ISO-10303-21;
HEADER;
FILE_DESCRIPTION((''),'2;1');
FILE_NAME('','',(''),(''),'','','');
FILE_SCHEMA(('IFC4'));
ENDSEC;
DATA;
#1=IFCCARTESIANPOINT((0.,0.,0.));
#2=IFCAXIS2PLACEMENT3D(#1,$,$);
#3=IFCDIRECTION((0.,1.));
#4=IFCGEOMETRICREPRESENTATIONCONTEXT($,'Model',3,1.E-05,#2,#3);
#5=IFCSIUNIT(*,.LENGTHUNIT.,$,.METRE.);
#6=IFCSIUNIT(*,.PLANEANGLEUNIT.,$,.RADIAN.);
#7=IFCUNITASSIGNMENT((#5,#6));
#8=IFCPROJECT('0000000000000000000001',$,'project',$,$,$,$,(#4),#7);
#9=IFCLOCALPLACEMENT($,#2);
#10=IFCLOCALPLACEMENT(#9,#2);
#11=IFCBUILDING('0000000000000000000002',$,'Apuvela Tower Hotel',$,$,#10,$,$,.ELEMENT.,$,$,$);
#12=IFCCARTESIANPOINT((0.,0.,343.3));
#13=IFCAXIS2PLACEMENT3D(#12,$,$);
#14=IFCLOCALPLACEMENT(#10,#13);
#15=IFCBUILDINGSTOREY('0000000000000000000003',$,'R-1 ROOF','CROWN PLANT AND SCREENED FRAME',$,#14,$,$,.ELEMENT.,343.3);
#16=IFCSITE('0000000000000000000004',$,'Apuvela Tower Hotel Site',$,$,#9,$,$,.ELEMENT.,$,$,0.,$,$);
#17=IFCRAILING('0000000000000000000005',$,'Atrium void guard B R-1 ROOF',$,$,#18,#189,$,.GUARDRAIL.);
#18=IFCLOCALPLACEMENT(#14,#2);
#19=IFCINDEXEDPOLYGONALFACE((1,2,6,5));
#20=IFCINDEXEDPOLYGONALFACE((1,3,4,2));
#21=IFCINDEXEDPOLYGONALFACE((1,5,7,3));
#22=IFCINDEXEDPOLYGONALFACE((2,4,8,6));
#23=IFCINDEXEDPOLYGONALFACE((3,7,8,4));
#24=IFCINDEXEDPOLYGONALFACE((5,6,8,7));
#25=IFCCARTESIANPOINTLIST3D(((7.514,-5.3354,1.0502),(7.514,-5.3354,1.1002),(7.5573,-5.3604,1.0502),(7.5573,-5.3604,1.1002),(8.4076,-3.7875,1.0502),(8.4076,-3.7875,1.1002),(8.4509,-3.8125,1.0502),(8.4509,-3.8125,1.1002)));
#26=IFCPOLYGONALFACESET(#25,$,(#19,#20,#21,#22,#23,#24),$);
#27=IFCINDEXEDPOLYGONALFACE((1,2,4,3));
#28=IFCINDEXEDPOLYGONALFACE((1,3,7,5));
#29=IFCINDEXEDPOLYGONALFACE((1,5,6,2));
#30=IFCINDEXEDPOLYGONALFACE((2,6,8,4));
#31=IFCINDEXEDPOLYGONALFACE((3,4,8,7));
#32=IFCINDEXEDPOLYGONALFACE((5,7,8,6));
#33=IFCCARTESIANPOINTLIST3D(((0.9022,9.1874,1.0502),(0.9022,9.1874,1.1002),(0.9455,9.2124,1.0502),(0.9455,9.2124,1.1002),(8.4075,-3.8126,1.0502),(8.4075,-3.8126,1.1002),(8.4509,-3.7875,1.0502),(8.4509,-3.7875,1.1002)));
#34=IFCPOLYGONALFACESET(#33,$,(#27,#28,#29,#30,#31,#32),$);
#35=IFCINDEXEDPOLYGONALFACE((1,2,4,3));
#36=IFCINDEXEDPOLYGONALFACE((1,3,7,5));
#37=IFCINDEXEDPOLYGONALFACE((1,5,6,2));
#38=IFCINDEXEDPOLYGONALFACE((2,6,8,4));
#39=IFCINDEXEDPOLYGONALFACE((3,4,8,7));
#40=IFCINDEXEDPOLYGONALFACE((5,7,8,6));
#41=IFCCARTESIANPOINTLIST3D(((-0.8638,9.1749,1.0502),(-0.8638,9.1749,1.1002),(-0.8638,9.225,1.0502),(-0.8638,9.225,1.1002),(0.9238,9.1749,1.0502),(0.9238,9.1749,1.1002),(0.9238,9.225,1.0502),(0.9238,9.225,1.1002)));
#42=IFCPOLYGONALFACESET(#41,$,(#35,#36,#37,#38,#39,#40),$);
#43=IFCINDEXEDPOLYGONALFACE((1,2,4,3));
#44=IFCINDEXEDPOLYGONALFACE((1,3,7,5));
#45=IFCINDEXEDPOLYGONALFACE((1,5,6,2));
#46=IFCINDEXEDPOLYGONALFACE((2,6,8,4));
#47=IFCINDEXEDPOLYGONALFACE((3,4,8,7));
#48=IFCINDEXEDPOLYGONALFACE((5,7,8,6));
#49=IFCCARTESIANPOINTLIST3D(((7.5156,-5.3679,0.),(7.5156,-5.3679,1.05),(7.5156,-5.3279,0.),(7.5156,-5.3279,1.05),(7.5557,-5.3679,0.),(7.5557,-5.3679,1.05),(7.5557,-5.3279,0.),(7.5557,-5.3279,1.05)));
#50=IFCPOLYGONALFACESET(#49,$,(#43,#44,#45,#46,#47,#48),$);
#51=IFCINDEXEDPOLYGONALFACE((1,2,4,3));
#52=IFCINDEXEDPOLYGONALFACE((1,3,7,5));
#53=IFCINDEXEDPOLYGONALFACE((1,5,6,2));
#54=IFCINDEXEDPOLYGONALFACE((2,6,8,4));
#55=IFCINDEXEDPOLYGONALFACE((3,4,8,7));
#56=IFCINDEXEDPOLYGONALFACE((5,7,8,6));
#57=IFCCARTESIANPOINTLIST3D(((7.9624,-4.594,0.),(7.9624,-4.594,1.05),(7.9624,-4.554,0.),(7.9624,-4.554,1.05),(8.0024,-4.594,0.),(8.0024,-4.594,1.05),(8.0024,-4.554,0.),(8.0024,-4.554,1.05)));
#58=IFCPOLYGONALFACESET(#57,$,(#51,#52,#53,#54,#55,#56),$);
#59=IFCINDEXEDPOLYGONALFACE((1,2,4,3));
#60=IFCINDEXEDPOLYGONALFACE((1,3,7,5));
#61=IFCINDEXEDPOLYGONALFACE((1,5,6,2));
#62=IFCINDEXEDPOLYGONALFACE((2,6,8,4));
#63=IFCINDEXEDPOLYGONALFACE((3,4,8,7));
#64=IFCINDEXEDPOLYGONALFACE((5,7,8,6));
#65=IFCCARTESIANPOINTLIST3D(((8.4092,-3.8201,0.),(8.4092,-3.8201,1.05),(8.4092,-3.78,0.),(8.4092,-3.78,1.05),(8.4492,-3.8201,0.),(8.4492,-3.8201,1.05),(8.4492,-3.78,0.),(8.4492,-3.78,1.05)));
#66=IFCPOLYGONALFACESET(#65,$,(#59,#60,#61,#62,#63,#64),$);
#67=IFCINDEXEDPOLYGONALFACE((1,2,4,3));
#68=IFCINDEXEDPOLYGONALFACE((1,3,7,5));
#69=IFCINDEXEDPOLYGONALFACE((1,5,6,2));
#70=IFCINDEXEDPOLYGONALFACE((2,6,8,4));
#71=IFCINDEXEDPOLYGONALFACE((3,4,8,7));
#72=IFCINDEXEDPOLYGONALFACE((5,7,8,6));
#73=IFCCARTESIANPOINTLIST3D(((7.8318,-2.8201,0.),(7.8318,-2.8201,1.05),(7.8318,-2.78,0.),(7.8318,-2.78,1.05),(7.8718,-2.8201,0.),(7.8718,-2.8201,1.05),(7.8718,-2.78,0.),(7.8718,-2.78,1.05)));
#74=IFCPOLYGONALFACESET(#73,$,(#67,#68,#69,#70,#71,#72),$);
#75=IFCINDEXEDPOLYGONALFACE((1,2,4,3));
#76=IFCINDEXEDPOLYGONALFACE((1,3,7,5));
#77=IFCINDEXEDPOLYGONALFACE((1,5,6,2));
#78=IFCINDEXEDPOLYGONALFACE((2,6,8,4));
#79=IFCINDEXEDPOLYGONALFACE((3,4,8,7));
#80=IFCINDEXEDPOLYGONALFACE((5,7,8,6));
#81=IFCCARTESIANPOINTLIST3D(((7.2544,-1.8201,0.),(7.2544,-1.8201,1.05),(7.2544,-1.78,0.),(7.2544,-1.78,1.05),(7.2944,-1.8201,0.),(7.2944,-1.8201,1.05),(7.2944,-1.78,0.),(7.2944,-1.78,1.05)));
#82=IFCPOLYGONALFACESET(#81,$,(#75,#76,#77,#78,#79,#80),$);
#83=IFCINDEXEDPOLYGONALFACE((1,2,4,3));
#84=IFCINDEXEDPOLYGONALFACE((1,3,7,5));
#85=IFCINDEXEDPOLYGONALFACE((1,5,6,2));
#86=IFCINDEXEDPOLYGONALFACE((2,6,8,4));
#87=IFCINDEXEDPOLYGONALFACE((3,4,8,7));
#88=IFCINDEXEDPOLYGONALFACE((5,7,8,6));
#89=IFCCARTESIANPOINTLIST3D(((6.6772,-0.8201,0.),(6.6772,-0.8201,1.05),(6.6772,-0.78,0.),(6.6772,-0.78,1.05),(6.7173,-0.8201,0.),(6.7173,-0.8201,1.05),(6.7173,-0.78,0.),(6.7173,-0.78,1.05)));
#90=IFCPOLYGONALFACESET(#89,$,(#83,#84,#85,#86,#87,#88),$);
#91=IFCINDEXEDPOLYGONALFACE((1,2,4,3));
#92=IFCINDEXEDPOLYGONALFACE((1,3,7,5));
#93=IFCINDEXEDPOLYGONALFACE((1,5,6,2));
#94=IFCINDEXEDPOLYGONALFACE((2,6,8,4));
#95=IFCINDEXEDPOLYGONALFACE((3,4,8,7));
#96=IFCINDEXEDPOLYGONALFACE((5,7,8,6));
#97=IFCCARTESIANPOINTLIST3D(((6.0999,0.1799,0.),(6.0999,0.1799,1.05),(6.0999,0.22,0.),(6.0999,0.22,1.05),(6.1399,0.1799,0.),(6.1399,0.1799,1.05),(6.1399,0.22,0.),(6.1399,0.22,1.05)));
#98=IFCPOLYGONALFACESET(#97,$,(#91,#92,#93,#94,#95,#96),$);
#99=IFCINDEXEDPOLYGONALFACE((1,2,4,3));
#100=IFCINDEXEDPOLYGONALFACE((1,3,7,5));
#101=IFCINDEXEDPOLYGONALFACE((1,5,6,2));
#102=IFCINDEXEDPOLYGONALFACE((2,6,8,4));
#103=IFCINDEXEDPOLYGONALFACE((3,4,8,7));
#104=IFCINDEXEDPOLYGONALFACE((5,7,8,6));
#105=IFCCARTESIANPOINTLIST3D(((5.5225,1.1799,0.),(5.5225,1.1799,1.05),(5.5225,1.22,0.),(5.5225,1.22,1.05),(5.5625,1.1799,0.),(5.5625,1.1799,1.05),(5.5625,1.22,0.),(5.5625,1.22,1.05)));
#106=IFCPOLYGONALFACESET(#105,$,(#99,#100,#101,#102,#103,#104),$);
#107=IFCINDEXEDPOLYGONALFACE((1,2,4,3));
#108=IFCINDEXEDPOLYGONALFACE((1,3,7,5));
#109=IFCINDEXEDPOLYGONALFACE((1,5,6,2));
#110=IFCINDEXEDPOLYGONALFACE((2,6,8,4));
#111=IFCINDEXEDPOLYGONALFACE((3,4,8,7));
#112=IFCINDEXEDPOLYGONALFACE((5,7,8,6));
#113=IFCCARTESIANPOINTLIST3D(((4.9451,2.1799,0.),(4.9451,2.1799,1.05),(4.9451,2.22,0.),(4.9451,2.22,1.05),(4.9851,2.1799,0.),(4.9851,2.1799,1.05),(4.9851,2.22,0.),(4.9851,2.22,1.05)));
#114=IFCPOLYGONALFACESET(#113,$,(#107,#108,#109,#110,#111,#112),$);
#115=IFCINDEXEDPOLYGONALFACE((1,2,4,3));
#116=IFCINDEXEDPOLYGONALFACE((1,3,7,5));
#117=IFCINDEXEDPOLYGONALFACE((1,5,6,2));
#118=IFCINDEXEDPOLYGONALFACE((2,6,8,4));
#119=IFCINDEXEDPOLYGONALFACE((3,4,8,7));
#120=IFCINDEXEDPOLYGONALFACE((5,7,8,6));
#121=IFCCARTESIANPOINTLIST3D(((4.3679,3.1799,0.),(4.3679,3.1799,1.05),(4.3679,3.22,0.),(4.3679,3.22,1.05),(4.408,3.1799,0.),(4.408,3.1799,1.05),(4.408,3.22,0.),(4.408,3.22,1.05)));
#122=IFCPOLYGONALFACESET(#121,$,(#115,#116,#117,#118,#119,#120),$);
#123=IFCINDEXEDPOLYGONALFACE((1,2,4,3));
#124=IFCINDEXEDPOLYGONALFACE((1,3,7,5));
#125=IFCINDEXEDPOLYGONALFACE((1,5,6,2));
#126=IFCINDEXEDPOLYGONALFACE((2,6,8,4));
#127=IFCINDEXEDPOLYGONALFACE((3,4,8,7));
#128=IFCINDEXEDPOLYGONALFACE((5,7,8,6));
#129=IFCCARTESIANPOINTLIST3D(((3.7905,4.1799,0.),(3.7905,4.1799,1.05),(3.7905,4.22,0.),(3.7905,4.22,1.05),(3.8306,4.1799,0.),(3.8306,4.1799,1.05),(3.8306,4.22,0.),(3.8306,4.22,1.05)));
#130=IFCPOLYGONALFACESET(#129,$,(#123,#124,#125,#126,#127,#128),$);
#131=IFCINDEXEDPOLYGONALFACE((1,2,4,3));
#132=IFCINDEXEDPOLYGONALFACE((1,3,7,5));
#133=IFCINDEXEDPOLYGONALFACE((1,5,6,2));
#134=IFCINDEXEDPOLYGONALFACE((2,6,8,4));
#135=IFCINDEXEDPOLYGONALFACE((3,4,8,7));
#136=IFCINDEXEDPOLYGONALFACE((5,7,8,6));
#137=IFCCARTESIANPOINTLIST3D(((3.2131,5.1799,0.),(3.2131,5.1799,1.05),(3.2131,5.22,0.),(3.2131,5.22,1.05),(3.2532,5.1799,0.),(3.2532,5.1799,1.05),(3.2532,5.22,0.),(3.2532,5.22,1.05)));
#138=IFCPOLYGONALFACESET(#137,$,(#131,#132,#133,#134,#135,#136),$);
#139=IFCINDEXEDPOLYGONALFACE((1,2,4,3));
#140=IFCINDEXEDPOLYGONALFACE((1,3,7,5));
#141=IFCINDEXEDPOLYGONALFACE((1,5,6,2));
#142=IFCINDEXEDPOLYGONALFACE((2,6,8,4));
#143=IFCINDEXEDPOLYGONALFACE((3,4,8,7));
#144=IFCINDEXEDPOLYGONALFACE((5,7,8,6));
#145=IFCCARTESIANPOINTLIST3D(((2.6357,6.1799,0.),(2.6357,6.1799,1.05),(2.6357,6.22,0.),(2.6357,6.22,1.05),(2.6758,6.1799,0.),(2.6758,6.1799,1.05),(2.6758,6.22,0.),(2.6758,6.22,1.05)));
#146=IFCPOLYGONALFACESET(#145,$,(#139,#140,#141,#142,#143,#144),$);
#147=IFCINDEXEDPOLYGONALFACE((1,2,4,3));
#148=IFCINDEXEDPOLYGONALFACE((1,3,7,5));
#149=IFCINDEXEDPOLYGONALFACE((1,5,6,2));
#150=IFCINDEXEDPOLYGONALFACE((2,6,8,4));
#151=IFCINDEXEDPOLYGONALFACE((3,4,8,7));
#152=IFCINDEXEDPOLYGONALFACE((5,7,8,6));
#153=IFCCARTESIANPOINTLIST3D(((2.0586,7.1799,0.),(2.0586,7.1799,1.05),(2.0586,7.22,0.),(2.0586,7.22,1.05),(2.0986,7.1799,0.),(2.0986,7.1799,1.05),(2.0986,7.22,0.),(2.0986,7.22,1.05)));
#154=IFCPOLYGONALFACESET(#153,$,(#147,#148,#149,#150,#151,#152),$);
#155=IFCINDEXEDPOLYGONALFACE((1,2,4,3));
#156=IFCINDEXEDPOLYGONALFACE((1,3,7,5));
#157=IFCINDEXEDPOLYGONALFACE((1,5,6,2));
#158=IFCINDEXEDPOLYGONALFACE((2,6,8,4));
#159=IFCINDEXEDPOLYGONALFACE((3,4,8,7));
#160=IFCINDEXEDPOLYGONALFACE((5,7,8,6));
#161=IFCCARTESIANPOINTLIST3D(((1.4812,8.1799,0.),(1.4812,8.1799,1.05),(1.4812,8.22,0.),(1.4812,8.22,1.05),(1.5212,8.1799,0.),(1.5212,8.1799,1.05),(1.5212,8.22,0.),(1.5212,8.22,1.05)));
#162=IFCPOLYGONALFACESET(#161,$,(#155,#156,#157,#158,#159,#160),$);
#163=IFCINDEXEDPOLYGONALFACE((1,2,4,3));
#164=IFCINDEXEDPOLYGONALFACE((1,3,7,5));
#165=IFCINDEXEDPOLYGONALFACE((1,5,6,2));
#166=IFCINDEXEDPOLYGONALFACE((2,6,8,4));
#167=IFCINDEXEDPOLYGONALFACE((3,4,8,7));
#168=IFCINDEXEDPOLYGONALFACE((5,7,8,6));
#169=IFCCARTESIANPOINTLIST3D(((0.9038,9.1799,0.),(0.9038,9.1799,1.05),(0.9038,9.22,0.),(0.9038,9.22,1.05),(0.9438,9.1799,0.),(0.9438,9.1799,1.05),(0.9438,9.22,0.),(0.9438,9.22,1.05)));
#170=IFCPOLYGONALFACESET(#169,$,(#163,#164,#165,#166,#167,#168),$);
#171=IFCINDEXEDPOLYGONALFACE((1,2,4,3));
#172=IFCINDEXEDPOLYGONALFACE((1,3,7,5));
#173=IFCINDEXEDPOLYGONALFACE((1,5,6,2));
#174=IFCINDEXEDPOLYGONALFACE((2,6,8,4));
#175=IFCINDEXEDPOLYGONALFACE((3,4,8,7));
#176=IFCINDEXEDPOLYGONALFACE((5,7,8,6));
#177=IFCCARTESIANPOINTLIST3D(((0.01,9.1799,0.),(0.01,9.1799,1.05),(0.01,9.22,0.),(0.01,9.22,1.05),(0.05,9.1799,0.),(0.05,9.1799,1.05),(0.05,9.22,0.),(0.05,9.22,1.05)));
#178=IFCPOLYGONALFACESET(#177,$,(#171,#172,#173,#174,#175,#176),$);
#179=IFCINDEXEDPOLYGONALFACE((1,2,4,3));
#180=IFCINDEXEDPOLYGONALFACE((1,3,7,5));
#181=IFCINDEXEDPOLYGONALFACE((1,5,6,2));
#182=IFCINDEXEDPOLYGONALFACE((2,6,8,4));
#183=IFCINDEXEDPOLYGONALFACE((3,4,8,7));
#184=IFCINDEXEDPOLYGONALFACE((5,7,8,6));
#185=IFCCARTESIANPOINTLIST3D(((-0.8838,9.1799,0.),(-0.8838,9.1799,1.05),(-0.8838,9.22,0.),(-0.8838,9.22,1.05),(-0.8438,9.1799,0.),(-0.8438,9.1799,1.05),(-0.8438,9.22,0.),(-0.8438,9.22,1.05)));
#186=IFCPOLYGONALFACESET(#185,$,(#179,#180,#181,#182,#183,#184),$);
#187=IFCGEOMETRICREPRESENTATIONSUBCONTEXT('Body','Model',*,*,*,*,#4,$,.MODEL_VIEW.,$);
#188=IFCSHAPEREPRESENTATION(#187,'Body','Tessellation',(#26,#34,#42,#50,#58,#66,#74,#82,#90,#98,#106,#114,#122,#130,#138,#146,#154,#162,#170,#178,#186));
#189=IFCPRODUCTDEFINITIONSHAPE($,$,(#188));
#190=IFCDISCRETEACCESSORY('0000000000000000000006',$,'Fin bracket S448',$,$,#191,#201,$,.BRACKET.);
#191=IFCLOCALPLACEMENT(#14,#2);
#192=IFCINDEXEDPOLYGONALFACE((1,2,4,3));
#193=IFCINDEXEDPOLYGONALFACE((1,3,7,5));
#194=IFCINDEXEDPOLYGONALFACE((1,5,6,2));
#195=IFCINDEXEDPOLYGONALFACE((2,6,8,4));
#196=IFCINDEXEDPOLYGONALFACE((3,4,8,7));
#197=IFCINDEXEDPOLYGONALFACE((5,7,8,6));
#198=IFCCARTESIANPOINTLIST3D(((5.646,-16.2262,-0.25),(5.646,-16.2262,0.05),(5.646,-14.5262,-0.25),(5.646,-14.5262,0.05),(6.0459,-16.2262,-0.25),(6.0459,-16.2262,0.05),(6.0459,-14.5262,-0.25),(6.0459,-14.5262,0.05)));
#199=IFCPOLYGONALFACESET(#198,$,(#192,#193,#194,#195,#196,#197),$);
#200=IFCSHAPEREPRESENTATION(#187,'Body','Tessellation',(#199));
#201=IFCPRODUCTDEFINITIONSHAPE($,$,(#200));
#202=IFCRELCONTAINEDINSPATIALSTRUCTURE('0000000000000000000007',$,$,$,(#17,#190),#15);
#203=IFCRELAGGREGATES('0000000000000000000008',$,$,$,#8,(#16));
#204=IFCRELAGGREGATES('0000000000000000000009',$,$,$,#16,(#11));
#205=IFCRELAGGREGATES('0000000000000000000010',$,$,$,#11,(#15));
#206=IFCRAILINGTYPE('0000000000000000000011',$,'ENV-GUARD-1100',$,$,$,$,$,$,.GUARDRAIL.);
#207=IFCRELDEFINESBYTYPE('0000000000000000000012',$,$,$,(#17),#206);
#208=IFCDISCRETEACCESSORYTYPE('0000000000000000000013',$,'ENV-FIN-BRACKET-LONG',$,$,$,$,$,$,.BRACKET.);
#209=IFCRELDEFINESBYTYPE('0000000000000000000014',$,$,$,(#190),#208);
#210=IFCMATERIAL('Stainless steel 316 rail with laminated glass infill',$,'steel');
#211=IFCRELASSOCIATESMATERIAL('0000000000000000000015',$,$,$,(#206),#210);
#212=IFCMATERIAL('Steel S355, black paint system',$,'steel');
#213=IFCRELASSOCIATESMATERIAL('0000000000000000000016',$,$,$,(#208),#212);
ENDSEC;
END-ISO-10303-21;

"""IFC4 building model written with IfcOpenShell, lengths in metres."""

from ifc_helpers import new_model, si_unit, direction, frame, origin, origin_2d, place, context, subcontext, project, spatial, rectangle, extrude, material, type_object, element, save


model = new_model("IFC4")

# Units and contexts
model_context = context("Model", 3, precision=1e-05, world=origin(), true_north=direction((0.0, 1.0)))
body_context = subcontext(model_context, "Body", "Model", "MODEL_VIEW")
ifc_project = project(units=[si_unit("LENGTHUNIT", "METRE"), si_unit("PLANEANGLEUNIT", "RADIAN")], contexts=[model_context])

# Site, building, storey
site_placement = place(None, origin())
site = spatial("IfcSite", under=ifc_project, at=site_placement, Name="Apuvela Tower Hotel Site", CompositionType="ELEMENT", RefElevation=0.0)
building_placement = place(site_placement, origin())
building = spatial("IfcBuilding", under=site, at=building_placement, Name="Apuvela Tower Hotel", CompositionType="ELEMENT")
storey_placement = place(building_placement, frame((0.0, 0.0, 343.3)))
storey = spatial("IfcBuildingStorey", under=building, at=storey_placement, Name="R-1 ROOF", Description="CROWN PLANT AND SCREENED FRAME", CompositionType="ELEMENT", Elevation=343.3)

# Railing
ifc_material_1 = material(Name="Stainless steel 316 rail with laminated glass infill", Category="steel")
railing_type = type_object("IfcRailingType", Name="ENV-GUARD-1100", PredefinedType="GUARDRAIL", material=ifc_material_1)
railing_placement = place(storey_placement, frame((7.5356, -5.3479, 0.0)))
element("IfcRailing", 1, at=railing_placement, inside=storey, type_object=railing_type, Name="Atrium void guard B R-1 ROOF", PredefinedType="GUARDRAIL", context=body_context, shape_type="SweptSolid", body=[
    extrude(rectangle(XDim=0.05, YDim=0.05, at=origin_2d()), frame((0.0, 0.0, 1.0752), z_axis=(0.499959, 0.866049, 0.0), x_axis=(-0.866049, 0.499959, 0.0)), (0.0, 0.0, 1.0), 1.7874),
    extrude(rectangle(XDim=0.05, YDim=0.05, at=origin_2d()), frame((0.8936, 1.5479, 1.0752), z_axis=(-0.499991, 0.866031, 0.0), x_axis=(-0.866031, -0.499991, 0.0)), (0.0, 0.0, 1.0), 15.011),
    extrude(rectangle(XDim=0.05, YDim=0.05, at=origin_2d()), frame((-6.6118, 14.5479, 1.0752), z_axis=(-1.0, 0.0, 0.0), x_axis=(0.0, -1.0, 0.0)), (0.0, 0.0, 1.0), 1.7876),
    extrude(rectangle(XDim=0.04, YDim=0.04, at=origin_2d()), origin(), (0.0, 0.0, 1.0), 1.05),
    extrude(rectangle(XDim=0.04, YDim=0.04, at=origin_2d()), frame((0.4468, 0.7739, 0.0)), (0.0, 0.0, 1.0), 1.05),
    extrude(rectangle(XDim=0.04, YDim=0.04, at=origin_2d()), frame((0.8936, 1.5479, 0.0)), (0.0, 0.0, 1.0), 1.05),
    extrude(rectangle(XDim=0.04, YDim=0.04, at=origin_2d()), frame((0.3162, 2.5479, 0.0)), (0.0, 0.0, 1.0), 1.05),
    extrude(rectangle(XDim=0.04, YDim=0.04, at=origin_2d()), frame((-0.2612, 3.5479, 0.0)), (0.0, 0.0, 1.0), 1.05),
    extrude(rectangle(XDim=0.04, YDim=0.04, at=origin_2d()), frame((-0.8384, 4.5479, 0.0)), (0.0, 0.0, 1.0), 1.05),
    extrude(rectangle(XDim=0.04, YDim=0.04, at=origin_2d()), frame((-1.4158, 5.5479, 0.0)), (0.0, 0.0, 1.0), 1.05),
    extrude(rectangle(XDim=0.04, YDim=0.04, at=origin_2d()), frame((-1.9932, 6.5479, 0.0)), (0.0, 0.0, 1.0), 1.05),
    extrude(rectangle(XDim=0.04, YDim=0.04, at=origin_2d()), frame((-2.5706, 7.5479, 0.0)), (0.0, 0.0, 1.0), 1.05),
    extrude(rectangle(XDim=0.04, YDim=0.04, at=origin_2d()), frame((-3.1477, 8.5479, 0.0)), (0.0, 0.0, 1.0), 1.05),
    extrude(rectangle(XDim=0.04, YDim=0.04, at=origin_2d()), frame((-3.7251, 9.5479, 0.0)), (0.0, 0.0, 1.0), 1.05),
    extrude(rectangle(XDim=0.04, YDim=0.04, at=origin_2d()), frame((-4.3025, 10.5479, 0.0)), (0.0, 0.0, 1.0), 1.05),
    extrude(rectangle(XDim=0.04, YDim=0.04, at=origin_2d()), frame((-4.8799, 11.5479, 0.0)), (0.0, 0.0, 1.0), 1.05),
    extrude(rectangle(XDim=0.04, YDim=0.04, at=origin_2d()), frame((-5.457, 12.5479, 0.0)), (0.0, 0.0, 1.0), 1.05),
    extrude(rectangle(XDim=0.04, YDim=0.04, at=origin_2d()), frame((-6.0344, 13.5479, 0.0)), (0.0, 0.0, 1.0), 1.05),
    extrude(rectangle(XDim=0.04, YDim=0.04, at=origin_2d()), frame((-6.6118, 14.5479, 0.0)), (0.0, 0.0, 1.0), 1.05),
    extrude(rectangle(XDim=0.04, YDim=0.04, at=origin_2d()), frame((-7.5056, 14.5479, 0.0)), (0.0, 0.0, 1.0), 1.05),
    extrude(rectangle(XDim=0.04, YDim=0.04, at=origin_2d()), frame((-8.3994, 14.5479, 0.0)), (0.0, 0.0, 1.0), 1.05),
])

# Discrete accessory
ifc_material_2 = material(Name="Steel S355, black paint system", Category="steel")
discrete_accessory_type = type_object("IfcDiscreteAccessoryType", Name="ENV-FIN-BRACKET-LONG", PredefinedType="BRACKET", material=ifc_material_2)
discrete_accessory_placement = place(storey_placement, frame((5.8459, -15.3762, -0.25), z_axis=(0.0, 0.0, 1.0), x_axis=(1.0, 0.0, 0.0)))
element("IfcDiscreteAccessory", 2, at=discrete_accessory_placement, inside=storey, type_object=discrete_accessory_type, Name="Fin bracket S448", PredefinedType="BRACKET", context=body_context, shape_type="SweptSolid", body=[
    extrude(rectangle(XDim=0.3999, YDim=1.7, at=origin_2d()), origin(), (0.0, 0.0, 1.0), 0.3),
])

save(model, "model.ifc")
